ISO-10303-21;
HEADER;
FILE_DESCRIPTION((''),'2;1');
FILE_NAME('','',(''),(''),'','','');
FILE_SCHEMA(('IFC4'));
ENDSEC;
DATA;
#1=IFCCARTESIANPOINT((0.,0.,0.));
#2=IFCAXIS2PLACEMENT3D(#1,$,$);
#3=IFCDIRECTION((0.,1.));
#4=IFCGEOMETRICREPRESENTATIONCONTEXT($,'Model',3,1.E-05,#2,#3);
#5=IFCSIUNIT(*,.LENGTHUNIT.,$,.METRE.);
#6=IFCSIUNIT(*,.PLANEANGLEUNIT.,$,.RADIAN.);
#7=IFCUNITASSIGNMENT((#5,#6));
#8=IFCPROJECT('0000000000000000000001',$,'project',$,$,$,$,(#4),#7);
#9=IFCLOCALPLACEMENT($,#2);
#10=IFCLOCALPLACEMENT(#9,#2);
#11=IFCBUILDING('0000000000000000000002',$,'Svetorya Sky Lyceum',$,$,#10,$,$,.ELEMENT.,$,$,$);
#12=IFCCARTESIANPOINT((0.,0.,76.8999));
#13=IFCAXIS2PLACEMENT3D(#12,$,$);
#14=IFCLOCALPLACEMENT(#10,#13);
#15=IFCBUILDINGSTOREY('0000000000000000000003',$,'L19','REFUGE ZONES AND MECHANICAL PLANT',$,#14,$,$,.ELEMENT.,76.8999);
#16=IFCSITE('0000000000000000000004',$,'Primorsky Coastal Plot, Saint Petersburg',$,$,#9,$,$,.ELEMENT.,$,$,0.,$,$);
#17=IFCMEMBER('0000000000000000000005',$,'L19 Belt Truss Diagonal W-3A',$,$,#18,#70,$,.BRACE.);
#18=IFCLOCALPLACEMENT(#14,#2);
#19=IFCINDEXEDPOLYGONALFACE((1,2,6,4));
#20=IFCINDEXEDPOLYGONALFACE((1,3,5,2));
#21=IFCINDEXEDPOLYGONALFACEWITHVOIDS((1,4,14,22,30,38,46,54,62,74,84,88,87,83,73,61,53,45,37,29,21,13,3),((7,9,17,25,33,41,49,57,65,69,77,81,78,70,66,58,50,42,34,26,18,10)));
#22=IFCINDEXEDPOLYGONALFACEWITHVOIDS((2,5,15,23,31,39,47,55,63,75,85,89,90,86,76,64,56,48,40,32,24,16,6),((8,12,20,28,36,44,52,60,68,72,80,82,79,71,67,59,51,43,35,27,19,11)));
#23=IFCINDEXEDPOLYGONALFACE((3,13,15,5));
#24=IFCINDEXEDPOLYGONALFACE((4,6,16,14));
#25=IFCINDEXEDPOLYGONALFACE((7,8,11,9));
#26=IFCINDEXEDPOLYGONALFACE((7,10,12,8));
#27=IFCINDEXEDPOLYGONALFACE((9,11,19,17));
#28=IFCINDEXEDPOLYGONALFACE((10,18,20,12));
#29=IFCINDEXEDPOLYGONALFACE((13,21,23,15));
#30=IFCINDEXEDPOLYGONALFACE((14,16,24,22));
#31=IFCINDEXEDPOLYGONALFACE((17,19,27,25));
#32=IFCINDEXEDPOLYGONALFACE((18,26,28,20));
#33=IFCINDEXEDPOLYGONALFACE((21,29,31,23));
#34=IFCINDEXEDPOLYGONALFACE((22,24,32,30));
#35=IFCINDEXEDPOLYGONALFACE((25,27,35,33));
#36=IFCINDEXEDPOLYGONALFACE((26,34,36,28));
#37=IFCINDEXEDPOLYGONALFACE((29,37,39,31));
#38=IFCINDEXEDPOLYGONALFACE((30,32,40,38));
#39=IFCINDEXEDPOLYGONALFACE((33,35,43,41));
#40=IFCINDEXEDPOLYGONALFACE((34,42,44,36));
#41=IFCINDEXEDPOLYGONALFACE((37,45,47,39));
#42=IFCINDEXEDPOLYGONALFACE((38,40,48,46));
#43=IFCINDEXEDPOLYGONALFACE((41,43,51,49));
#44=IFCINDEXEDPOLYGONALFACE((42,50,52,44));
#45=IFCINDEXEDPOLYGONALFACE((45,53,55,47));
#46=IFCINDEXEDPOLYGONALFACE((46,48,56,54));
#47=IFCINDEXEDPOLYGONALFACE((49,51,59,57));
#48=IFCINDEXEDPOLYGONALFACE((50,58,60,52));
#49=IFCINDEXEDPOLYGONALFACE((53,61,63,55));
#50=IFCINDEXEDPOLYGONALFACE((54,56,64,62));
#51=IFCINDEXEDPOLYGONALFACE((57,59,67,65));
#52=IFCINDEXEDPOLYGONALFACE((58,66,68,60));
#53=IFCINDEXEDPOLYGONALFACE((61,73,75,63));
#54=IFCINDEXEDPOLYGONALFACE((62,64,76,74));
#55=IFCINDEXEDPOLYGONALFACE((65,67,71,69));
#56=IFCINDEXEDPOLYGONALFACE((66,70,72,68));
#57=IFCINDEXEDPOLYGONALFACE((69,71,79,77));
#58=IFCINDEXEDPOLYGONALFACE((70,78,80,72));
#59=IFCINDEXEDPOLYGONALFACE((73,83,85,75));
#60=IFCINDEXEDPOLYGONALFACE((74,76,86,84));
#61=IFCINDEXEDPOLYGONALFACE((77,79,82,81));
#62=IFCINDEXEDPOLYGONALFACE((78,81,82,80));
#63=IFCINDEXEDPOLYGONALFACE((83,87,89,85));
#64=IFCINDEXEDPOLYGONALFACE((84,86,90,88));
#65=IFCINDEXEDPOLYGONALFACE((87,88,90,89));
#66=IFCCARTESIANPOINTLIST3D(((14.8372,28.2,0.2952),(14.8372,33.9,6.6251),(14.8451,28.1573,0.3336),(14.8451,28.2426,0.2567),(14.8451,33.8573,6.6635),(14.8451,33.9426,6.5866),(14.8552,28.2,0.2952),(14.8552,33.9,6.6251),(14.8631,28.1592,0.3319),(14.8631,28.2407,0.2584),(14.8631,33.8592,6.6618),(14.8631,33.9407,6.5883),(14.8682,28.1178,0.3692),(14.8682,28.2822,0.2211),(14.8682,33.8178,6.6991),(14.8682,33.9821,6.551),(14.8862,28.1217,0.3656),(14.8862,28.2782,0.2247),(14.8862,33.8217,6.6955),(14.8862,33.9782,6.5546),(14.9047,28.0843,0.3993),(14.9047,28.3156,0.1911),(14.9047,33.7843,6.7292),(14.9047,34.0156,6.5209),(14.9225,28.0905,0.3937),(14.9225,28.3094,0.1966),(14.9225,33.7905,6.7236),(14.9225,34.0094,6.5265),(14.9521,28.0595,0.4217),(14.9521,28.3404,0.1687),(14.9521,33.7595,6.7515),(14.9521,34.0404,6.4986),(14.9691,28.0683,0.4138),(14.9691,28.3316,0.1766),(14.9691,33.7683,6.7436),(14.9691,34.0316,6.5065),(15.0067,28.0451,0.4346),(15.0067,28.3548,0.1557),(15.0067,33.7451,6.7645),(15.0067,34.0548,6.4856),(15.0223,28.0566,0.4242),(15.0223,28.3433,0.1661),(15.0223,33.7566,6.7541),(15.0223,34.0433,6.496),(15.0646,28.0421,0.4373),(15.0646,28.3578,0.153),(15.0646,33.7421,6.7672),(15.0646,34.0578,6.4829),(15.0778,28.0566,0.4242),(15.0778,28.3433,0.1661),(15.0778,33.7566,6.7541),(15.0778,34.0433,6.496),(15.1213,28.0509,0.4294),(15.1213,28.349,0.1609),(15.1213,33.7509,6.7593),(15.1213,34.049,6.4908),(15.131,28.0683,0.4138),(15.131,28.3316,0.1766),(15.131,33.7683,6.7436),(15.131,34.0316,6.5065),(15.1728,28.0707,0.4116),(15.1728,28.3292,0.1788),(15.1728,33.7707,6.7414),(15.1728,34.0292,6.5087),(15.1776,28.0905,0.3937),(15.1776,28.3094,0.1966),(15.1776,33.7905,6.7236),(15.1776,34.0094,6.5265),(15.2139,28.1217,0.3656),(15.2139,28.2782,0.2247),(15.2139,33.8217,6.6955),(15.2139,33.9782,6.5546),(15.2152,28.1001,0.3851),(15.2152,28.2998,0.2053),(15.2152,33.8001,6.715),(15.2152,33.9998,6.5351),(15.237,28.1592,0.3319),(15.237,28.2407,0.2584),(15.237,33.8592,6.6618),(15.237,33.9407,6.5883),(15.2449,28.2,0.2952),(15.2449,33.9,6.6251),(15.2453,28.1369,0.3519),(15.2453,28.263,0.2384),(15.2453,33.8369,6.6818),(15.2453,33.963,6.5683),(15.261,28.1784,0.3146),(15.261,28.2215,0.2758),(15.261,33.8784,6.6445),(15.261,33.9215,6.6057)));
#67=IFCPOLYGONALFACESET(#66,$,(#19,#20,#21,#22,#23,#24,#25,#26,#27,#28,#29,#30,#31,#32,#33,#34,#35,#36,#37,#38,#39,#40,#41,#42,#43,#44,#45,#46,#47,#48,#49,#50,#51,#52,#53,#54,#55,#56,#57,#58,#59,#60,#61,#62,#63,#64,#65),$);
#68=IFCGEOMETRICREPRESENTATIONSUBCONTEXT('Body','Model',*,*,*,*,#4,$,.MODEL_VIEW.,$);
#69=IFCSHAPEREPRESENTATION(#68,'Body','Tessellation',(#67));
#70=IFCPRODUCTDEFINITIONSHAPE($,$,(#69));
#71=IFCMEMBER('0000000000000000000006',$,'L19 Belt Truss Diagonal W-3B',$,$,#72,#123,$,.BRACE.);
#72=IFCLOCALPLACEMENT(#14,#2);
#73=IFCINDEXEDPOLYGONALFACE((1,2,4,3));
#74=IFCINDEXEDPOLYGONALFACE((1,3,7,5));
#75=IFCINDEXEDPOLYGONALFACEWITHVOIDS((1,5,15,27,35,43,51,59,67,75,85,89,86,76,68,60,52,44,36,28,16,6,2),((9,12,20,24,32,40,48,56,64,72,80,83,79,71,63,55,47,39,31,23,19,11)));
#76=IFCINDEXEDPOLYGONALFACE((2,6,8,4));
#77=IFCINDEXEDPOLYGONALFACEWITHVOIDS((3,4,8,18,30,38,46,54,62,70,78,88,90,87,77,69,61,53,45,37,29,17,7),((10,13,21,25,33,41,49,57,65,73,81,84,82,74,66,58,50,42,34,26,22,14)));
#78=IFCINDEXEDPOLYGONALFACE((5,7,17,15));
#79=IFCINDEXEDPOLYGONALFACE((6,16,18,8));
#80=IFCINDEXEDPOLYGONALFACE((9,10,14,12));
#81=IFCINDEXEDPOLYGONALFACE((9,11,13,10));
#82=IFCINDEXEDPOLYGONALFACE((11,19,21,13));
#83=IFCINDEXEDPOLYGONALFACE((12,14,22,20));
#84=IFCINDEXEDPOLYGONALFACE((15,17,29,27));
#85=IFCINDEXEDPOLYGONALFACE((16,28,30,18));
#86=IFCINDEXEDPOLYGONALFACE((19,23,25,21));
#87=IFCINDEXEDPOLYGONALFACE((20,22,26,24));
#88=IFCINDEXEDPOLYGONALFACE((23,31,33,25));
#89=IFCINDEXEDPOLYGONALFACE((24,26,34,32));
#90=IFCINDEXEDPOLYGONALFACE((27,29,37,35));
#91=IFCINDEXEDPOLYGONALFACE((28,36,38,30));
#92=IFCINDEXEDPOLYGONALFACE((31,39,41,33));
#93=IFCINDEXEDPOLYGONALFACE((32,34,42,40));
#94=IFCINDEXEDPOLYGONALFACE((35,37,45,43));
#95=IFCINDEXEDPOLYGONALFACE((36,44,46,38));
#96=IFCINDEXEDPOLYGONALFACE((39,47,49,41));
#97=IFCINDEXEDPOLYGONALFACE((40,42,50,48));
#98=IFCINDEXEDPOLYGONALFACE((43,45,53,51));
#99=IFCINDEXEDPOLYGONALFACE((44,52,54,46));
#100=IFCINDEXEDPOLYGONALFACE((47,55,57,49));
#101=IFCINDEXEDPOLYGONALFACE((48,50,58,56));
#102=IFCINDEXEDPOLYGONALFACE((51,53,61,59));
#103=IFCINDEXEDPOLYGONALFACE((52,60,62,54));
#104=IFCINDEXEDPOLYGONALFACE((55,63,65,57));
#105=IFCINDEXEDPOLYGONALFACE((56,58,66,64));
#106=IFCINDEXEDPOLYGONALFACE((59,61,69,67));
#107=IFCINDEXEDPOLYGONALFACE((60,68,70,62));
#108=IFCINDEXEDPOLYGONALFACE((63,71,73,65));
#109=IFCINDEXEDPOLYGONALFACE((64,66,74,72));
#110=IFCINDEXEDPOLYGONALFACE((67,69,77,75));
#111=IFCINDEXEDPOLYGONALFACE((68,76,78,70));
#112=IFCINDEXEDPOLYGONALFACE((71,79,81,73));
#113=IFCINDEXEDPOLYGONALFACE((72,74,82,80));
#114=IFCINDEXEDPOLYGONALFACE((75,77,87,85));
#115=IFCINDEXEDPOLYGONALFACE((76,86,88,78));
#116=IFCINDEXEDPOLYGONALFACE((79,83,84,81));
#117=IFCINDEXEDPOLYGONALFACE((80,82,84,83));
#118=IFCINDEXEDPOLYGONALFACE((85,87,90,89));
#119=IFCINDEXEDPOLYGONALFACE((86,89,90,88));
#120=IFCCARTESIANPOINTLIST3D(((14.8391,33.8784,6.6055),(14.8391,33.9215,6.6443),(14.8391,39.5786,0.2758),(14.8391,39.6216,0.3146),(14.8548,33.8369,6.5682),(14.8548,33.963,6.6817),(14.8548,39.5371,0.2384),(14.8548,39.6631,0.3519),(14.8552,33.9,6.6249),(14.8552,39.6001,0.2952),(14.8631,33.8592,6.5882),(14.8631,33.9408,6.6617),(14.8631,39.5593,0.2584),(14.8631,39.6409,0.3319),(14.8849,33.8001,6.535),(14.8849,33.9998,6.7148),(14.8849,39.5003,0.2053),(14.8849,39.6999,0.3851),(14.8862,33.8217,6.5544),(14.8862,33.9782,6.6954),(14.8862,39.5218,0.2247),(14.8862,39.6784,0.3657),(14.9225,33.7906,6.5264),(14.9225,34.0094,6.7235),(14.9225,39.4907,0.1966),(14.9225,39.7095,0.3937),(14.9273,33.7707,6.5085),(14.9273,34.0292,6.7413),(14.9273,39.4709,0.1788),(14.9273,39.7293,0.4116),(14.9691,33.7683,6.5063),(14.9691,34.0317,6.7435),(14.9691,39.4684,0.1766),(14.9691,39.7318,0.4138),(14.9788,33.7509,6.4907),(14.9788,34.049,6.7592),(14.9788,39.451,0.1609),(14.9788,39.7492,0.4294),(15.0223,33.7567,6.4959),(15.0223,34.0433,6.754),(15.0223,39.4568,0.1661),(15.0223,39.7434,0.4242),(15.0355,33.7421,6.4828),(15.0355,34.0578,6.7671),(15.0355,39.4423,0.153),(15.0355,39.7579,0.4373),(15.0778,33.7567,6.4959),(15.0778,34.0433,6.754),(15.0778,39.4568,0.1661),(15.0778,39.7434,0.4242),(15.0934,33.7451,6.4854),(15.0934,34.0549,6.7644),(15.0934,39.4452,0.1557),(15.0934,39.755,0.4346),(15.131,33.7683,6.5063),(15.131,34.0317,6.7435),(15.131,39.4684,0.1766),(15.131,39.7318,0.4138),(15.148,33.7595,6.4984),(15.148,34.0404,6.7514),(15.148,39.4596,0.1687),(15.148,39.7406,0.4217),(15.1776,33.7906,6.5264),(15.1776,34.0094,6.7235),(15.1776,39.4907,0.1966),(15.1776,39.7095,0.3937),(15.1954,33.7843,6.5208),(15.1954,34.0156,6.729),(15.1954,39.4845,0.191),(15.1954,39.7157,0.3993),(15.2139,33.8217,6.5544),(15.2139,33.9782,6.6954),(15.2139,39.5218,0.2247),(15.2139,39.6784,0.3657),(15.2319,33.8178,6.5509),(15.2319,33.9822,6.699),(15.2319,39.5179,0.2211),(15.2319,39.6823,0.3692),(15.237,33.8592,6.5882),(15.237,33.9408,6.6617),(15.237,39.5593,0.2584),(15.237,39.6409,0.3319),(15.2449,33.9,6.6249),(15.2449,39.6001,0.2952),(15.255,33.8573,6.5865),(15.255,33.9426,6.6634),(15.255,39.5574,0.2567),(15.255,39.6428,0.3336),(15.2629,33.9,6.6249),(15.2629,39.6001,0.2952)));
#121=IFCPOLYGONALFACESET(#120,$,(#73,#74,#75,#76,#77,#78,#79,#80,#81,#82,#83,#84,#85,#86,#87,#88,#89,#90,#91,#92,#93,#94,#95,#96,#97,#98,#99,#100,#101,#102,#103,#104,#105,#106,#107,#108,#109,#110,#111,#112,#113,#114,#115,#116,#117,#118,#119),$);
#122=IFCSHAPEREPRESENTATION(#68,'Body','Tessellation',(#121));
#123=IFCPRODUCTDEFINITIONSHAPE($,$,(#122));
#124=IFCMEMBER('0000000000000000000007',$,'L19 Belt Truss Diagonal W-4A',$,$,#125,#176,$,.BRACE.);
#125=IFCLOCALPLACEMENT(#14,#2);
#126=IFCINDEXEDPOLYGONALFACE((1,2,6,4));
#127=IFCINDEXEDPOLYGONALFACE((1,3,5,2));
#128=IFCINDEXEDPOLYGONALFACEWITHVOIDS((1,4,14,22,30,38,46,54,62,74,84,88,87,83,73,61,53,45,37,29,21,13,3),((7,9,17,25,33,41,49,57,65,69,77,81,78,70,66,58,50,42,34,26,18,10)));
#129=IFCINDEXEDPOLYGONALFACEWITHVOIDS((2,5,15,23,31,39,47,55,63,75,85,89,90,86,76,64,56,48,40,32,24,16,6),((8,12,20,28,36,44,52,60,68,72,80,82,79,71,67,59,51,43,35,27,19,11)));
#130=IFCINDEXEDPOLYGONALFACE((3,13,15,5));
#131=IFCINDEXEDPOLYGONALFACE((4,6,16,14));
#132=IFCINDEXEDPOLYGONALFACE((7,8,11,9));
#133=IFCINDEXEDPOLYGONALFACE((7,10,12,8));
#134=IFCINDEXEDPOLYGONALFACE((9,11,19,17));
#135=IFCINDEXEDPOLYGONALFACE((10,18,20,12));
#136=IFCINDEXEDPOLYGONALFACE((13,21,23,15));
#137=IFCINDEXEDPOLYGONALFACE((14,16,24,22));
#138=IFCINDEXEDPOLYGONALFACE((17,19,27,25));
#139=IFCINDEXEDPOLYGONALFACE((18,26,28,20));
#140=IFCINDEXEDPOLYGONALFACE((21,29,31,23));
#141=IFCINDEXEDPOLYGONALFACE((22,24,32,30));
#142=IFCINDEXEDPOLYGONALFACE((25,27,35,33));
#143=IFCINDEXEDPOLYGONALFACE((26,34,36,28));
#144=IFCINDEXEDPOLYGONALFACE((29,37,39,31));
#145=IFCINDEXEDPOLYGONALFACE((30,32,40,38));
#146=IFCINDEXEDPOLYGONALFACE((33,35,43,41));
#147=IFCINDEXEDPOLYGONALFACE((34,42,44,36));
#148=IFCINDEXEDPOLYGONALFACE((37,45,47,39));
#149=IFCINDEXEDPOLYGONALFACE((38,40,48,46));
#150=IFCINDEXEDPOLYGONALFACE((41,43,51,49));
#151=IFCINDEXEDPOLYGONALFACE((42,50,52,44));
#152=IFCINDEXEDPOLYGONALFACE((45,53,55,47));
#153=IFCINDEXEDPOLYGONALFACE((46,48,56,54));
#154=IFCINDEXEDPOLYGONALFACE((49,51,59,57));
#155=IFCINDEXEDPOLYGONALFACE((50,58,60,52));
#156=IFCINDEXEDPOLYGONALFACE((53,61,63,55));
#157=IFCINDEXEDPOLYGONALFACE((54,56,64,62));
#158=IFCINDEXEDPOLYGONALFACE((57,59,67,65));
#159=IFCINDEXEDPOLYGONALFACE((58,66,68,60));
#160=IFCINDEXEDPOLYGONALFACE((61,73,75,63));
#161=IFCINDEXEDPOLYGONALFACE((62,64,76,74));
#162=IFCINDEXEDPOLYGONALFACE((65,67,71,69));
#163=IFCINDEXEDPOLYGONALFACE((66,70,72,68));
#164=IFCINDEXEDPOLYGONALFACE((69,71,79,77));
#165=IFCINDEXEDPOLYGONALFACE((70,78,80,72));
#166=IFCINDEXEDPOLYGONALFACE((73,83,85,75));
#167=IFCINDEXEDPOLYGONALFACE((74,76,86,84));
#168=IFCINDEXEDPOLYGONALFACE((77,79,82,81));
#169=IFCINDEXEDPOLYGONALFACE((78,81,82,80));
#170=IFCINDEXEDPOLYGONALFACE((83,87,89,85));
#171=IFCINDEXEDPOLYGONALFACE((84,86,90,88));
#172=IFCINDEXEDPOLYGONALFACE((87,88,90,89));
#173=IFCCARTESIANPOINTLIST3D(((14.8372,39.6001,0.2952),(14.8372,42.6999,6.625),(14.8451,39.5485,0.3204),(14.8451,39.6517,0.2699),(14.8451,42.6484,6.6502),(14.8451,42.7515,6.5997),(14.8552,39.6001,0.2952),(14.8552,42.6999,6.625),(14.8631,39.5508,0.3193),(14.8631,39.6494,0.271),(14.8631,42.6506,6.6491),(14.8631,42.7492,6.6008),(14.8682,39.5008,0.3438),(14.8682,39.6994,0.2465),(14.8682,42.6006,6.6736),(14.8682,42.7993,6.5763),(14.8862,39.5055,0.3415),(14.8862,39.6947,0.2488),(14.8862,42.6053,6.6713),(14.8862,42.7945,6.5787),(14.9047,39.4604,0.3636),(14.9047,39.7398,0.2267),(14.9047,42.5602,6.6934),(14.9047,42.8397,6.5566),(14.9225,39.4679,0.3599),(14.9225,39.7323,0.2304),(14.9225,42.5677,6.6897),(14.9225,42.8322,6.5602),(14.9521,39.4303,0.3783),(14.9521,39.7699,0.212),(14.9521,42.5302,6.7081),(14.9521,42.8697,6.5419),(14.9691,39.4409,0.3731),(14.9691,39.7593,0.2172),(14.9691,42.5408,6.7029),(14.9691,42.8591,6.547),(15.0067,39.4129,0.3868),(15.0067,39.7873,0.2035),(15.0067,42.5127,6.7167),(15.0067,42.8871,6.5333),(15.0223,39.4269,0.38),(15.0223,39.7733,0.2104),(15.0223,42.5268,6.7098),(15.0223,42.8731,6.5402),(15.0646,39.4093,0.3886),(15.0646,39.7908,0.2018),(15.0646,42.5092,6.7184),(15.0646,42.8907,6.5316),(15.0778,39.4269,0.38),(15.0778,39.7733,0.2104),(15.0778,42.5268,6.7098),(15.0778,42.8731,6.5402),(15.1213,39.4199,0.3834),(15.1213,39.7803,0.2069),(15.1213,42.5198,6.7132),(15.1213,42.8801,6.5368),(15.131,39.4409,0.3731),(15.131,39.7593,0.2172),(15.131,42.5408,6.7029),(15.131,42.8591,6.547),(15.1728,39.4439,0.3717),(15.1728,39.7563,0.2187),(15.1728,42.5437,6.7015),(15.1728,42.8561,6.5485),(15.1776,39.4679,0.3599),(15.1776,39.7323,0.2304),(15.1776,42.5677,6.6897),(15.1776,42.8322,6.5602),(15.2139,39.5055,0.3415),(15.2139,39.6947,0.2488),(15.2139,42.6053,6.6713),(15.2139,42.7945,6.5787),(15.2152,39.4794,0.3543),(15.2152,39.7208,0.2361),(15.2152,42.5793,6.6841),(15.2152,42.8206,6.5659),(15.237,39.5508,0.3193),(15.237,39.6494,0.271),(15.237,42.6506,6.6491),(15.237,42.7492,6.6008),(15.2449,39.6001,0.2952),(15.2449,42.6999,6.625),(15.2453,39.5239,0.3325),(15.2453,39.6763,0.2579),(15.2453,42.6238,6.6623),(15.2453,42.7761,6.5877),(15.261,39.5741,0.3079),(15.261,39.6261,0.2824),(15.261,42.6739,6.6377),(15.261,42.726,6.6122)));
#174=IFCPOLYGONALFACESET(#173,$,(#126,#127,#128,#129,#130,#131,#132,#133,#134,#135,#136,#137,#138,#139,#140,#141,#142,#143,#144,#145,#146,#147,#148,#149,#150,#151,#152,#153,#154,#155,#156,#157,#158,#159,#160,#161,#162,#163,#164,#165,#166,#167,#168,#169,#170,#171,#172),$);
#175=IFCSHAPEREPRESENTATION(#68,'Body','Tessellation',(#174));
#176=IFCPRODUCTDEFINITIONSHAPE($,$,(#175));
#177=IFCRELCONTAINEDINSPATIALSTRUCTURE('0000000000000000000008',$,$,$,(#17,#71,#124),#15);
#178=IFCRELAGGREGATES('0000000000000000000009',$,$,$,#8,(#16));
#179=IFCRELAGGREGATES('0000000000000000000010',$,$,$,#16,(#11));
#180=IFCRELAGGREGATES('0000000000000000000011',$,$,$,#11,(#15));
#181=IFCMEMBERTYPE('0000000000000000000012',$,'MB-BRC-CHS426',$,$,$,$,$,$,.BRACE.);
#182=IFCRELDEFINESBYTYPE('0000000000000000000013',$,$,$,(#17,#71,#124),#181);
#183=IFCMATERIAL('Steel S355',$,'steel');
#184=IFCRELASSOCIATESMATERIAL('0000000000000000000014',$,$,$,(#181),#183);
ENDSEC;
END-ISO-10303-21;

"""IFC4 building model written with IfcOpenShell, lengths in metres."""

from ifc_helpers import new_model, si_unit, direction, frame, origin, origin_2d, place, context, subcontext, project, spatial, hollow_circle, extrude, material, material_profile, profile_set, type_object, element, save


model = new_model("IFC4")

# Units and contexts
model_context = context("Model", 3, precision=1e-05, world=origin(), true_north=direction((0.0, 1.0)))
body_context = subcontext(model_context, "Body", "Model", "MODEL_VIEW")
ifc_project = project(units=[si_unit("LENGTHUNIT", "METRE"), si_unit("PLANEANGLEUNIT", "RADIAN")], contexts=[model_context])

# Site, building, storey
site_placement = place(None, origin())
site = spatial("IfcSite", under=ifc_project, at=site_placement, Name="Primorsky Coastal Plot, Saint Petersburg", CompositionType="ELEMENT", RefElevation=0.0)
building_placement = place(site_placement, origin())
building = spatial("IfcBuilding", under=site, at=building_placement, Name="Svetorya Sky Lyceum", CompositionType="ELEMENT")
storey_placement = place(building_placement, frame((0.0, 0.0, 76.8999)))
storey = spatial("IfcBuildingStorey", under=building, at=storey_placement, Name="L19", Description="REFUGE ZONES AND MECHANICAL PLANT", CompositionType="ELEMENT", Elevation=76.8999)

# Shared definitions
ifc_material_1 = material(Name="Steel S355", Category="steel")

# Members
ifc_material_profile_1 = material_profile(ifc_material_1, hollow_circle(Radius=0.2129, WallThickness=0.0181, at=origin_2d()), Name="CHS 426x18")
ifc_profile_set_1 = profile_set([ifc_material_profile_1], Name="Steel S355")
member_type_1 = type_object("IfcMemberType", Name="MB-BRC-CHS426", PredefinedType="BRACE", material=ifc_profile_set_1)
for number, where, z_axis, x_axis, name in (
    (1, (15.05, 28.2, 0.2952), (0.0, 0.669166, 0.743113), (-1.0, 0.0, 0.0), "L19 Belt Truss Diagonal W-3A"),
    (2, (15.05, 39.6001, 0.2952), (0.0, -0.669182, 0.743099), (1.0, 0.0, 0.0), "L19 Belt Truss Diagonal W-3B"),
):
    element("IfcMember", number, at=place(storey_placement, frame(where, z_axis=z_axis, x_axis=x_axis)), inside=storey, type_object=member_type_1, Name=name, PredefinedType="BRACE", context=body_context, shape_type="SweptSolid", body=[
        extrude(hollow_circle(Radius=0.2129, WallThickness=0.0181, at=origin_2d()), origin(), (0.0, 0.0, 1.0), 8.5181),
    ])
member_1_placement = place(storey_placement, frame((15.05, 39.6001, 0.2952), z_axis=(0.0, 0.439813, 0.898089), x_axis=(-1.0, 0.0, 0.0)))
element("IfcMember", 3, at=member_1_placement, inside=storey, type_object=member_type_1, Name="L19 Belt Truss Diagonal W-4A", PredefinedType="BRACE", context=body_context, shape_type="SweptSolid", body=[
    extrude(hollow_circle(Radius=0.2129, WallThickness=0.0181, at=origin_2d()), origin(), (0.0, 0.0, 1.0), 7.0481),
])

save(model, "model.ifc")
